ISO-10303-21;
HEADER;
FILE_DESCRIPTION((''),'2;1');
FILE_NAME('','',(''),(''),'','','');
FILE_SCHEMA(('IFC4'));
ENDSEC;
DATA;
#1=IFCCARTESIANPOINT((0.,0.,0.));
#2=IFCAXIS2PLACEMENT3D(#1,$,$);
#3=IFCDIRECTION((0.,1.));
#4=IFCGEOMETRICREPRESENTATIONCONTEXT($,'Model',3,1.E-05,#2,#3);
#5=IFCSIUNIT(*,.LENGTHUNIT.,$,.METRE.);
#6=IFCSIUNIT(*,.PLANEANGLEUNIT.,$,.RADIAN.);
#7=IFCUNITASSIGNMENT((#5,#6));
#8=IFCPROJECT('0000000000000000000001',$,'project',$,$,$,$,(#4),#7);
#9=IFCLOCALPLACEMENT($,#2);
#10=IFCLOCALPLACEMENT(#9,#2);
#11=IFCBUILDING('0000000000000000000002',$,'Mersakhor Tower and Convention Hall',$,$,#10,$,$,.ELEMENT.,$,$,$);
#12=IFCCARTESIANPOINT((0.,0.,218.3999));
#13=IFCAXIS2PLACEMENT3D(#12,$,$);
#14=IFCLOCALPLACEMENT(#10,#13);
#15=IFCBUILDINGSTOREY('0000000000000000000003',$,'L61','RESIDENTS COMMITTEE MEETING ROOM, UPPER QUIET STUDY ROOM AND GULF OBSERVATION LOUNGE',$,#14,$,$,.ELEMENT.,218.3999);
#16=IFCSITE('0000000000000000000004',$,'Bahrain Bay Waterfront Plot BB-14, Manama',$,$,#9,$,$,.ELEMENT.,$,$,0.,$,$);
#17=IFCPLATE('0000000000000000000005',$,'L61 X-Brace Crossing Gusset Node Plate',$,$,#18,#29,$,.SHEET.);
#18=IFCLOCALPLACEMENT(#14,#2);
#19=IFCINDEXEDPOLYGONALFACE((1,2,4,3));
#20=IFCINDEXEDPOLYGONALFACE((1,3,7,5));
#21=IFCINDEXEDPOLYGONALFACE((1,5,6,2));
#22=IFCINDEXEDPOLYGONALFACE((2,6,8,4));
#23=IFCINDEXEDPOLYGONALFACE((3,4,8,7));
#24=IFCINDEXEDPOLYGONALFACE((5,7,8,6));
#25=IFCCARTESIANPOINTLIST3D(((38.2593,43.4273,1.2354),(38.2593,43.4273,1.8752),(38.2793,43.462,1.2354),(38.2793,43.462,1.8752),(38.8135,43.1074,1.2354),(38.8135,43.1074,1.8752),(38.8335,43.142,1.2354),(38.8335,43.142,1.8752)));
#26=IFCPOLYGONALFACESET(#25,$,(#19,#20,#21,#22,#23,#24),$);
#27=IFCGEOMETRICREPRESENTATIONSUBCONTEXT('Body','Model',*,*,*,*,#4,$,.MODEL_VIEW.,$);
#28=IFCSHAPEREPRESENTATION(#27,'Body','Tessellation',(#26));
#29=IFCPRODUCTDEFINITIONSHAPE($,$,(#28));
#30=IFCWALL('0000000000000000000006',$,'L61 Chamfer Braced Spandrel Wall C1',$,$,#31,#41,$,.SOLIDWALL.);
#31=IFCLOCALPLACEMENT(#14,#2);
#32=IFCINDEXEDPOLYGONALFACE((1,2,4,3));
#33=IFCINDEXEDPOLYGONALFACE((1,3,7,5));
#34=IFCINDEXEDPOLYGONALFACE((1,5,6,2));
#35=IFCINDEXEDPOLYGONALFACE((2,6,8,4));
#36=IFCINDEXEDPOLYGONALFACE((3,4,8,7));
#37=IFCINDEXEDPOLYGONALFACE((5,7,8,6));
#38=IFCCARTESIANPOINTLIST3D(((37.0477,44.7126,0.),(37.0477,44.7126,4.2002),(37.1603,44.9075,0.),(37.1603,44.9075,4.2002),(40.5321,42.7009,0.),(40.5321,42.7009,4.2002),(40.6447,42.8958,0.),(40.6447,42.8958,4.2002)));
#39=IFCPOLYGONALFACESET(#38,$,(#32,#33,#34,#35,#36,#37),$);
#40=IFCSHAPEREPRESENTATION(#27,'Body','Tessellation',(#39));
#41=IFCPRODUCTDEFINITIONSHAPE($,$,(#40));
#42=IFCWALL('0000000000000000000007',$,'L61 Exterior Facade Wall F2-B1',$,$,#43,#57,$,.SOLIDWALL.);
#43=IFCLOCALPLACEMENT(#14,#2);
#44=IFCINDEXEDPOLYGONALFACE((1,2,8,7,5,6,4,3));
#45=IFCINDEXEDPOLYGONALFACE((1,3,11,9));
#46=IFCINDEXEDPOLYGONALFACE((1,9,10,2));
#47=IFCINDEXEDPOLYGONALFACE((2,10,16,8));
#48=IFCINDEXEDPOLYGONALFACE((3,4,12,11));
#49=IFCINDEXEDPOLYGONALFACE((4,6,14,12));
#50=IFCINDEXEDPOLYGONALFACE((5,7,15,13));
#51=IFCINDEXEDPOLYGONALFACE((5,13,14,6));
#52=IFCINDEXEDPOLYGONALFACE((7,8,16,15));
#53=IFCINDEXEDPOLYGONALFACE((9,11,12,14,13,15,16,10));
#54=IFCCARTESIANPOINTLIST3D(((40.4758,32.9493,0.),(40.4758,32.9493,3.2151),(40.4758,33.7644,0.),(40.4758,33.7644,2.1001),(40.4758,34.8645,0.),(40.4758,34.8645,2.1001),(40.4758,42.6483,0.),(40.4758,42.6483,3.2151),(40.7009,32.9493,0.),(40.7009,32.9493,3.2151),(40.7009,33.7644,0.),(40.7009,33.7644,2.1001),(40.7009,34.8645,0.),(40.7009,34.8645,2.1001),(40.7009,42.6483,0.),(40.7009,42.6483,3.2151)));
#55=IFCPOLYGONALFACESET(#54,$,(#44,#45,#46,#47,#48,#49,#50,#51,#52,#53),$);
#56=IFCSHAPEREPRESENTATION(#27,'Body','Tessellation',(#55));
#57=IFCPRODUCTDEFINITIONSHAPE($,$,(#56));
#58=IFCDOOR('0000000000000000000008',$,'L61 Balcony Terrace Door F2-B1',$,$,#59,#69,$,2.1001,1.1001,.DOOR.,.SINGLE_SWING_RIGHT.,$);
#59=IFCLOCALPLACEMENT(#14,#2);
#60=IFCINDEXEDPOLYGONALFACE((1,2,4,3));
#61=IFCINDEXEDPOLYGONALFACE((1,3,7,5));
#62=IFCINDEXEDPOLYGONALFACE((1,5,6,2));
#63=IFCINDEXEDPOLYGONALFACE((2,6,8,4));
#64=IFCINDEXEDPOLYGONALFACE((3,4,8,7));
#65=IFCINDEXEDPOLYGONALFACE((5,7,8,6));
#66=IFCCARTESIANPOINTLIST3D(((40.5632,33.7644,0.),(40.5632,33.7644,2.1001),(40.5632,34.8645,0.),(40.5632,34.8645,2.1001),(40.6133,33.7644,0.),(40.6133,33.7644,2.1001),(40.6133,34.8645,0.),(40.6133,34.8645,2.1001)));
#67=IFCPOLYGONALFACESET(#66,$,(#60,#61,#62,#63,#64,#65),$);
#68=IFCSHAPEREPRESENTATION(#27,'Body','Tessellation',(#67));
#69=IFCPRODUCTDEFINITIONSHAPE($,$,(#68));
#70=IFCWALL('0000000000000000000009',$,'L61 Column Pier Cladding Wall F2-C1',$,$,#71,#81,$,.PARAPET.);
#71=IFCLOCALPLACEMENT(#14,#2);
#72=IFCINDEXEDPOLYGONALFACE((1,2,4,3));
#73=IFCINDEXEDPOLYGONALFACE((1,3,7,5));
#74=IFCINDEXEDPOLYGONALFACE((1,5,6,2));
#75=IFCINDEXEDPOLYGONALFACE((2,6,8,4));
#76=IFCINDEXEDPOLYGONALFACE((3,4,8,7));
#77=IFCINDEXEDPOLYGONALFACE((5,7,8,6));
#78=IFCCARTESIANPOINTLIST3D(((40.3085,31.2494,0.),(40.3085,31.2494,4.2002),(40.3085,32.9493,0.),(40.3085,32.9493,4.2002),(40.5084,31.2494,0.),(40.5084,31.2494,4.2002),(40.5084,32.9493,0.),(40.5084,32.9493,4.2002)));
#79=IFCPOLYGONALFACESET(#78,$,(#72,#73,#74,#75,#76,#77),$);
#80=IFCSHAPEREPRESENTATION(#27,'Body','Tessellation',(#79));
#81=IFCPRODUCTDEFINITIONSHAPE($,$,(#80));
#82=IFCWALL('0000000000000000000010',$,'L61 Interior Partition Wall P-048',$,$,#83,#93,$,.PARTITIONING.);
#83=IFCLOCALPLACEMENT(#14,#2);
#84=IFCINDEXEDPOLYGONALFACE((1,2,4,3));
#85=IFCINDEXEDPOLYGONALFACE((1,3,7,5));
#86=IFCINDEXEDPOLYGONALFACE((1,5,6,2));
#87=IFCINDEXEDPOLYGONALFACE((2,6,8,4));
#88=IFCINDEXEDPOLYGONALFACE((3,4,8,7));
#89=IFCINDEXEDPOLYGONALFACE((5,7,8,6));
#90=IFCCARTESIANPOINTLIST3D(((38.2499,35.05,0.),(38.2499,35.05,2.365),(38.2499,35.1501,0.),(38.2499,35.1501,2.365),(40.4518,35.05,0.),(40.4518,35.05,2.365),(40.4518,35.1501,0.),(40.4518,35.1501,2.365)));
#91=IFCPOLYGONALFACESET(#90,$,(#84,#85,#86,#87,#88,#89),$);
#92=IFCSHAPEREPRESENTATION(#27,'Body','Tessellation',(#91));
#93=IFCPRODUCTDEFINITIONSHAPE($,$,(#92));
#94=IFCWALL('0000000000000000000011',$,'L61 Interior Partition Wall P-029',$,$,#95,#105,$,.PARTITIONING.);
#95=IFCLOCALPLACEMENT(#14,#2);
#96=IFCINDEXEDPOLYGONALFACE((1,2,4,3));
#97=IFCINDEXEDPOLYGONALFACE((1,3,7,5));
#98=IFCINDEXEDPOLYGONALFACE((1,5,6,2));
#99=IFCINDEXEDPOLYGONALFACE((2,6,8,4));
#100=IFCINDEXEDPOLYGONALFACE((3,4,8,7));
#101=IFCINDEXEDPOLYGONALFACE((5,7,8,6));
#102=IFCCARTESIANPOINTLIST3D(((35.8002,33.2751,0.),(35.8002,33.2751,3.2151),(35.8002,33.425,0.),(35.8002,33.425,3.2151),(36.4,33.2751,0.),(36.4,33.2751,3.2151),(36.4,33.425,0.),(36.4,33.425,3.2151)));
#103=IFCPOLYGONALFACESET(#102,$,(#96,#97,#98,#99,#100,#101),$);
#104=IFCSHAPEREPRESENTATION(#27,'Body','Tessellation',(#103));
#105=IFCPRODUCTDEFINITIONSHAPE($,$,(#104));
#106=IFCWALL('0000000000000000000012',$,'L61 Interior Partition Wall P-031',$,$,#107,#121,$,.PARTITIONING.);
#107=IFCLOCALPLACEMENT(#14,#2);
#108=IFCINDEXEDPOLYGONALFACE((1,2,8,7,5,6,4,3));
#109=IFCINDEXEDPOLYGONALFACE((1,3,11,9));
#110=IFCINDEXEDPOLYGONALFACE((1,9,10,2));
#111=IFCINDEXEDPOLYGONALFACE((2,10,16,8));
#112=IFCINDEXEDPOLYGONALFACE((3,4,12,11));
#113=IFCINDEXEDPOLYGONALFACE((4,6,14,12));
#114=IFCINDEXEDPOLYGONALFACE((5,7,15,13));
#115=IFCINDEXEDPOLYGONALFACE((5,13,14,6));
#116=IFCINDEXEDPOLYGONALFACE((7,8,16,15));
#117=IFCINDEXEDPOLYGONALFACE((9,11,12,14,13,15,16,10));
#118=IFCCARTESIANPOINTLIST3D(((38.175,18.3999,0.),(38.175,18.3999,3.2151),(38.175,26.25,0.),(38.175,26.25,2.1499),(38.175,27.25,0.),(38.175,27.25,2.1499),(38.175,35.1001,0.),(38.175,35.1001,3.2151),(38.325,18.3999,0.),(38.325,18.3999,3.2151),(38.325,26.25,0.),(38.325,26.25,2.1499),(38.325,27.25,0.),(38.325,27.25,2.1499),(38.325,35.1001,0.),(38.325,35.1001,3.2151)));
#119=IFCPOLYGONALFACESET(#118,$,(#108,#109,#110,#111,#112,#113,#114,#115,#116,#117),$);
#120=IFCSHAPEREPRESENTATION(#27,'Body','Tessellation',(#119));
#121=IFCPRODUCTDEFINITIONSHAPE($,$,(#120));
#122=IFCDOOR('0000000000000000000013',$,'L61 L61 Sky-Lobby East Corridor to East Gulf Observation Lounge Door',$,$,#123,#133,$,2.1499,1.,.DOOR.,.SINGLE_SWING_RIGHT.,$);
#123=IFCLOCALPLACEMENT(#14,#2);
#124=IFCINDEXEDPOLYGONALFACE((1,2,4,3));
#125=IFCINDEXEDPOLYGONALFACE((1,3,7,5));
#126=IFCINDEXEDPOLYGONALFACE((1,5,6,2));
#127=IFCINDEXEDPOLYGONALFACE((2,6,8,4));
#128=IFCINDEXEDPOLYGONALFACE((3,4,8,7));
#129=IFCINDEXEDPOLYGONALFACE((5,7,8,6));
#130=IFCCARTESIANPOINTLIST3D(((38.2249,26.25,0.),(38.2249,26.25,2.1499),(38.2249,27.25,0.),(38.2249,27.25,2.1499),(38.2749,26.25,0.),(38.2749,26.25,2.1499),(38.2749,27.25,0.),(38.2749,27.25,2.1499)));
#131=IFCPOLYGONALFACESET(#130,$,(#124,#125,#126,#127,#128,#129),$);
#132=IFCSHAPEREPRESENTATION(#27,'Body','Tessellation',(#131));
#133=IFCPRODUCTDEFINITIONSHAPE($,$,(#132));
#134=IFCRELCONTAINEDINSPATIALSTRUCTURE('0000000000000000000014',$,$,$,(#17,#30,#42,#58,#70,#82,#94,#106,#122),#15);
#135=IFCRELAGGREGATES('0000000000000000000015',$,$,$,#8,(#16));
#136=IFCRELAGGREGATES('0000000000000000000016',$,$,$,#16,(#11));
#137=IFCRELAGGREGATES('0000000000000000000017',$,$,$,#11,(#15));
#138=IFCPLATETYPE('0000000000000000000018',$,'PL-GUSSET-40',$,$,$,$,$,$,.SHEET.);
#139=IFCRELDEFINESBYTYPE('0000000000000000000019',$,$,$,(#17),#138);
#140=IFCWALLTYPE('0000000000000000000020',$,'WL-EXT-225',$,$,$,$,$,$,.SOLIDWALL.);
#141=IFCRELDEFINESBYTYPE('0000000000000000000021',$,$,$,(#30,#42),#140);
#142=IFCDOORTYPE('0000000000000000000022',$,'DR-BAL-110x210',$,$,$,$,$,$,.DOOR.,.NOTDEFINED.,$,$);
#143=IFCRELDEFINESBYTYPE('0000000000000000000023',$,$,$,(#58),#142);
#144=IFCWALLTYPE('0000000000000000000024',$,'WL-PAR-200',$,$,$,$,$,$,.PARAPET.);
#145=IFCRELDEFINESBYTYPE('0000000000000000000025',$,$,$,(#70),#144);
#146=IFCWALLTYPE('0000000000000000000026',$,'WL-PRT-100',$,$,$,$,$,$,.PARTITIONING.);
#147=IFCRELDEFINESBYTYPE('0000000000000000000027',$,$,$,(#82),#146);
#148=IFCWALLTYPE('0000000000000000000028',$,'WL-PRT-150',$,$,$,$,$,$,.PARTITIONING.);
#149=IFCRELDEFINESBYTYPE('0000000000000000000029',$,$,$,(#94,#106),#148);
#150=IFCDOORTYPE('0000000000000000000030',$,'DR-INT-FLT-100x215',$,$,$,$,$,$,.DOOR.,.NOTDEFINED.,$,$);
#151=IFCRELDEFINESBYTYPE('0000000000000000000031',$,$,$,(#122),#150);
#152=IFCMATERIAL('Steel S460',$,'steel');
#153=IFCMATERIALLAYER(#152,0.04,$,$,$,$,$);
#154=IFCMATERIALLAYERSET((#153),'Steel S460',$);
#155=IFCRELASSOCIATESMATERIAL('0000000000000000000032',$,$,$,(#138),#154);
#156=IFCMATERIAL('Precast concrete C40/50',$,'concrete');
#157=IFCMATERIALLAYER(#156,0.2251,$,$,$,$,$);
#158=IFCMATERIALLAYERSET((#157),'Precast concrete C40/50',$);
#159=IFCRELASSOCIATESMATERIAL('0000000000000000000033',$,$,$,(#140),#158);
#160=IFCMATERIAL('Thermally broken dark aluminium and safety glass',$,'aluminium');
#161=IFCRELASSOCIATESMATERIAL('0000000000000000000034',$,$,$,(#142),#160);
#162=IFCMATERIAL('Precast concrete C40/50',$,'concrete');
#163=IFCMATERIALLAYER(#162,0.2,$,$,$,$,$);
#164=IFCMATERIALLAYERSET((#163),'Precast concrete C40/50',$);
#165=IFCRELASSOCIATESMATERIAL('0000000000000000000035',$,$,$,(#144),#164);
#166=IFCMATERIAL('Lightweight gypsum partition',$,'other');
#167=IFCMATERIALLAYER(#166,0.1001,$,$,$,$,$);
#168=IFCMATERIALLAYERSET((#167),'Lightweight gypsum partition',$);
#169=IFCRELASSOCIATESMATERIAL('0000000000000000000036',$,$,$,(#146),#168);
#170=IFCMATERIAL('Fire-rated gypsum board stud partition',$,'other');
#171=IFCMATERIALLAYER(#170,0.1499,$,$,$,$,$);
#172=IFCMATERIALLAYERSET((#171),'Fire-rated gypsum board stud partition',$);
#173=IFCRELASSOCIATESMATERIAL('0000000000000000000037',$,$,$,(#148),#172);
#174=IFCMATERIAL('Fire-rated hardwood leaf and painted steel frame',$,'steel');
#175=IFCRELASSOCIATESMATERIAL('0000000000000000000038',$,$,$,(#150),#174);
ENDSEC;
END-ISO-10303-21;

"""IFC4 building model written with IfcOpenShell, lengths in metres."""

from ifc_helpers import new_model, si_unit, direction, frame, frame_2d, origin, origin_2d, place, context, subcontext, project, spatial, rectangle, extrude, material, layer, layer_set, type_object, element, fill, save


model = new_model("IFC4")

# Units and contexts
model_context = context("Model", 3, precision=1e-05, world=origin(), true_north=direction((0.0, 1.0)))
body_context = subcontext(model_context, "Body", "Model", "MODEL_VIEW")
ifc_project = project(units=[si_unit("LENGTHUNIT", "METRE"), si_unit("PLANEANGLEUNIT", "RADIAN")], contexts=[model_context])

# Site, building, storey
site_placement = place(None, origin())
site = spatial("IfcSite", under=ifc_project, at=site_placement, Name="Bahrain Bay Waterfront Plot BB-14, Manama", CompositionType="ELEMENT", RefElevation=0.0)
building_placement = place(site_placement, origin())
building = spatial("IfcBuilding", under=site, at=building_placement, Name="Mersakhor Tower and Convention Hall", CompositionType="ELEMENT")
storey_placement = place(building_placement, frame((0.0, 0.0, 218.3999)))
storey = spatial("IfcBuildingStorey", under=building, at=storey_placement, Name="L61", Description="RESIDENTS COMMITTEE MEETING ROOM, UPPER QUIET STUDY ROOM AND GULF OBSERVATION LOUNGE", CompositionType="ELEMENT", Elevation=218.3999)

# Plate
ifc_material_1 = material(Name="Steel S460", Category="steel")
ifc_layer_1 = layer(ifc_material_1, 0.04)
ifc_layer_set_1 = layer_set([ifc_layer_1], Name="Steel S460")
plate_type = type_object("IfcPlateType", Name="PL-GUSSET-40", PredefinedType="SHEET", material=ifc_layer_set_1)
plate_placement = place(storey_placement, frame((38.5464, 43.2847, 1.2354), z_axis=(0.0, 0.0, 1.0), x_axis=(-0.866025, 0.5, 0.0)))
element("IfcPlate", 1, at=plate_placement, inside=storey, type_object=plate_type, Name="L61 X-Brace Crossing Gusset Node Plate", PredefinedType="SHEET", context=body_context, shape_type="SweptSolid", body=[
    extrude(rectangle(XDim=0.6399, YDim=0.04, at=origin_2d()), origin(), (0.0, 0.0, 1.0), 0.6399),
])

# Wall
ifc_material_2 = material(Name="Precast concrete C40/50", Category="concrete")
ifc_layer_2 = layer(ifc_material_2, 0.2251)
ifc_layer_set_2 = layer_set([ifc_layer_2], Name="Precast concrete C40/50")
wall_type_1 = type_object("IfcWallType", Name="WL-EXT-225", PredefinedType="SOLIDWALL", material=ifc_layer_set_2)
wall_1_placement = place(storey_placement, frame((37.104, 44.8101, 0.0), z_axis=(0.0, 0.0, 1.0), x_axis=(0.866024, -0.500003, 0.0)))
element("IfcWall", 2, at=wall_1_placement, inside=storey, type_object=wall_type_1, Name="L61 Chamfer Braced Spandrel Wall C1", PredefinedType="SOLIDWALL", context=body_context, shape_type="SweptSolid", body=[
    extrude(rectangle(XDim=4.0234, YDim=0.2251, at=frame_2d((2.0117, 0.0))), origin(), (0.0, 0.0, 1.0), 4.2002),
])

# Wall, opening, door
wall_2_placement = place(storey_placement, frame((40.5884, 42.6484, 0.0), z_axis=(0.0, 0.0, 1.0), x_axis=(0.0, -1.0, 0.0)))
wall_2 = element("IfcWall", 3, at=wall_2_placement, inside=storey, type_object=wall_type_1, Name="L61 Exterior Facade Wall F2-B1", PredefinedType="SOLIDWALL", context=body_context, shape_type="SweptSolid", body=[
    extrude(rectangle(XDim=9.699, YDim=0.2251, at=frame_2d((4.8496, 0.0))), origin(), (0.0, 0.0, 1.0), 3.2151),
])
opening_1_placement = place(wall_2_placement, frame((7.7839, 0.0, 0.0)))
opening_1 = element("IfcOpeningElement", 4, at=opening_1_placement, cuts=wall_2, PredefinedType="OPENING", context=body_context, shape_type="SweptSolid", body=[
    extrude(rectangle(XDim=1.1001, YDim=2.1001, at=frame_2d((0.55, 1.05))), frame((0.0, 0.1226, 0.0), z_axis=(0.0, -1.0, 0.0), x_axis=(1.0, 0.0, 0.0)), (0.0, 0.0, 1.0), 0.2451),
])
ifc_material_3 = material(Name="Thermally broken dark aluminium and safety glass", Category="aluminium")
door_type_1 = type_object("IfcDoorType", Name="DR-BAL-110x210", OperationType="NOTDEFINED", PredefinedType="DOOR", material=ifc_material_3)
door_1_placement = place(opening_1_placement, origin())
door_1 = element("IfcDoor", 5, at=door_1_placement, inside=storey, type_object=door_type_1, Name="L61 Balcony Terrace Door F2-B1", OperationType="SINGLE_SWING_RIGHT", OverallHeight=2.1001, OverallWidth=1.1001, PredefinedType="DOOR", context=body_context, shape_type="SweptSolid", body=[
    extrude(rectangle(XDim=1.1001, YDim=2.1001, at=frame_2d((0.55, 1.05))), frame((0.0, 0.0249, 0.0), z_axis=(0.0, -1.0, 0.0), x_axis=(1.0, 0.0, 0.0)), (0.0, 0.0, 1.0), 0.05),
])
fill(opening_1, door_1)

# Walls
ifc_material_4 = material(Name="Precast concrete C40/50", Category="concrete")
ifc_layer_3 = layer(ifc_material_4, 0.2)
ifc_layer_set_3 = layer_set([ifc_layer_3], Name="Precast concrete C40/50")
wall_type_2 = type_object("IfcWallType", Name="WL-PAR-200", PredefinedType="PARAPET", material=ifc_layer_set_3)
wall_3_placement = place(storey_placement, frame((40.4084, 32.9495, 0.0), z_axis=(0.0, 0.0, 1.0), x_axis=(0.0, -1.0, 0.0)))
element("IfcWall", 6, at=wall_3_placement, inside=storey, type_object=wall_type_2, Name="L61 Column Pier Cladding Wall F2-C1", PredefinedType="PARAPET", context=body_context, shape_type="SweptSolid", body=[
    extrude(rectangle(XDim=1.7, YDim=0.2, at=frame_2d((0.8501, 0.0))), origin(), (0.0, 0.0, 1.0), 4.2002),
])
ifc_material_5 = material(Name="Lightweight gypsum partition", Category="other")
ifc_layer_4 = layer(ifc_material_5, 0.1001)
ifc_layer_set_4 = layer_set([ifc_layer_4], Name="Lightweight gypsum partition")
wall_type_3 = type_object("IfcWallType", Name="WL-PRT-100", PredefinedType="PARTITIONING", material=ifc_layer_set_4)
wall_4_placement = place(storey_placement, frame((40.4519, 35.1001, 0.0), z_axis=(0.0, 0.0, 1.0), x_axis=(-1.0, 0.0, 0.0)))
element("IfcWall", 7, at=wall_4_placement, inside=storey, type_object=wall_type_3, Name="L61 Interior Partition Wall P-048", PredefinedType="PARTITIONING", context=body_context, shape_type="SweptSolid", body=[
    extrude(rectangle(XDim=2.2019, YDim=0.1001, at=frame_2d((1.1011, 0.0))), origin(), (0.0, 0.0, 1.0), 2.365),
])
ifc_material_6 = material(Name="Fire-rated gypsum board stud partition", Category="other")
ifc_layer_5 = layer(ifc_material_6, 0.1499)
ifc_layer_set_5 = layer_set([ifc_layer_5], Name="Fire-rated gypsum board stud partition")
wall_type_4 = type_object("IfcWallType", Name="WL-PRT-150", PredefinedType="PARTITIONING", material=ifc_layer_set_5)
wall_5_placement = place(storey_placement, frame((36.3999, 33.3501, 0.0), z_axis=(0.0, 0.0, 1.0), x_axis=(-1.0, 0.0, 0.0)))
element("IfcWall", 8, at=wall_5_placement, inside=storey, type_object=wall_type_4, Name="L61 Interior Partition Wall P-029", PredefinedType="PARTITIONING", context=body_context, shape_type="SweptSolid", body=[
    extrude(rectangle(XDim=0.5999, YDim=0.1499, at=frame_2d((0.2998, 0.0))), origin(), (0.0, 0.0, 1.0), 3.2151),
])

# Wall, opening, door
wall_6_placement = place(storey_placement, frame((38.25, 35.1001, 0.0), z_axis=(0.0, 0.0, 1.0), x_axis=(0.0, -1.0, 0.0)))
wall_6 = element("IfcWall", 9, at=wall_6_placement, inside=storey, type_object=wall_type_4, Name="L61 Interior Partition Wall P-031", PredefinedType="PARTITIONING", context=body_context, shape_type="SweptSolid", body=[
    extrude(rectangle(XDim=16.7002, YDim=0.1499, at=frame_2d((8.3501, 0.0))), origin(), (0.0, 0.0, 1.0), 3.2151),
])
opening_2_placement = place(wall_6_placement, frame((7.8501, 0.0, 0.0)))
opening_2 = element("IfcOpeningElement", 10, at=opening_2_placement, cuts=wall_6, PredefinedType="OPENING", context=body_context, shape_type="SweptSolid", body=[
    extrude(rectangle(XDim=1.0, YDim=2.1499, at=frame_2d((0.5, 1.075))), frame((0.0, 0.085, 0.0), z_axis=(0.0, -1.0, 0.0), x_axis=(1.0, 0.0, 0.0)), (0.0, 0.0, 1.0), 0.1699),
])
ifc_material_7 = material(Name="Fire-rated hardwood leaf and painted steel frame", Category="steel")
door_type_2 = type_object("IfcDoorType", Name="DR-INT-FLT-100x215", OperationType="NOTDEFINED", PredefinedType="DOOR", material=ifc_material_7)
door_2_placement = place(opening_2_placement, origin())
door_2 = element("IfcDoor", 11, at=door_2_placement, inside=storey, type_object=door_type_2, Name="L61 L61 Sky-Lobby East Corridor to East Gulf Observation Lounge Door", OperationType="SINGLE_SWING_RIGHT", OverallHeight=2.1499, OverallWidth=1.0, PredefinedType="DOOR", context=body_context, shape_type="SweptSolid", body=[
    extrude(rectangle(XDim=1.0, YDim=2.1499, at=frame_2d((0.5, 1.075))), frame((0.0, 0.0249, 0.0), z_axis=(0.0, -1.0, 0.0), x_axis=(1.0, 0.0, 0.0)), (0.0, 0.0, 1.0), 0.05),
])
fill(opening_2, door_2)

save(model, "model.ifc")
